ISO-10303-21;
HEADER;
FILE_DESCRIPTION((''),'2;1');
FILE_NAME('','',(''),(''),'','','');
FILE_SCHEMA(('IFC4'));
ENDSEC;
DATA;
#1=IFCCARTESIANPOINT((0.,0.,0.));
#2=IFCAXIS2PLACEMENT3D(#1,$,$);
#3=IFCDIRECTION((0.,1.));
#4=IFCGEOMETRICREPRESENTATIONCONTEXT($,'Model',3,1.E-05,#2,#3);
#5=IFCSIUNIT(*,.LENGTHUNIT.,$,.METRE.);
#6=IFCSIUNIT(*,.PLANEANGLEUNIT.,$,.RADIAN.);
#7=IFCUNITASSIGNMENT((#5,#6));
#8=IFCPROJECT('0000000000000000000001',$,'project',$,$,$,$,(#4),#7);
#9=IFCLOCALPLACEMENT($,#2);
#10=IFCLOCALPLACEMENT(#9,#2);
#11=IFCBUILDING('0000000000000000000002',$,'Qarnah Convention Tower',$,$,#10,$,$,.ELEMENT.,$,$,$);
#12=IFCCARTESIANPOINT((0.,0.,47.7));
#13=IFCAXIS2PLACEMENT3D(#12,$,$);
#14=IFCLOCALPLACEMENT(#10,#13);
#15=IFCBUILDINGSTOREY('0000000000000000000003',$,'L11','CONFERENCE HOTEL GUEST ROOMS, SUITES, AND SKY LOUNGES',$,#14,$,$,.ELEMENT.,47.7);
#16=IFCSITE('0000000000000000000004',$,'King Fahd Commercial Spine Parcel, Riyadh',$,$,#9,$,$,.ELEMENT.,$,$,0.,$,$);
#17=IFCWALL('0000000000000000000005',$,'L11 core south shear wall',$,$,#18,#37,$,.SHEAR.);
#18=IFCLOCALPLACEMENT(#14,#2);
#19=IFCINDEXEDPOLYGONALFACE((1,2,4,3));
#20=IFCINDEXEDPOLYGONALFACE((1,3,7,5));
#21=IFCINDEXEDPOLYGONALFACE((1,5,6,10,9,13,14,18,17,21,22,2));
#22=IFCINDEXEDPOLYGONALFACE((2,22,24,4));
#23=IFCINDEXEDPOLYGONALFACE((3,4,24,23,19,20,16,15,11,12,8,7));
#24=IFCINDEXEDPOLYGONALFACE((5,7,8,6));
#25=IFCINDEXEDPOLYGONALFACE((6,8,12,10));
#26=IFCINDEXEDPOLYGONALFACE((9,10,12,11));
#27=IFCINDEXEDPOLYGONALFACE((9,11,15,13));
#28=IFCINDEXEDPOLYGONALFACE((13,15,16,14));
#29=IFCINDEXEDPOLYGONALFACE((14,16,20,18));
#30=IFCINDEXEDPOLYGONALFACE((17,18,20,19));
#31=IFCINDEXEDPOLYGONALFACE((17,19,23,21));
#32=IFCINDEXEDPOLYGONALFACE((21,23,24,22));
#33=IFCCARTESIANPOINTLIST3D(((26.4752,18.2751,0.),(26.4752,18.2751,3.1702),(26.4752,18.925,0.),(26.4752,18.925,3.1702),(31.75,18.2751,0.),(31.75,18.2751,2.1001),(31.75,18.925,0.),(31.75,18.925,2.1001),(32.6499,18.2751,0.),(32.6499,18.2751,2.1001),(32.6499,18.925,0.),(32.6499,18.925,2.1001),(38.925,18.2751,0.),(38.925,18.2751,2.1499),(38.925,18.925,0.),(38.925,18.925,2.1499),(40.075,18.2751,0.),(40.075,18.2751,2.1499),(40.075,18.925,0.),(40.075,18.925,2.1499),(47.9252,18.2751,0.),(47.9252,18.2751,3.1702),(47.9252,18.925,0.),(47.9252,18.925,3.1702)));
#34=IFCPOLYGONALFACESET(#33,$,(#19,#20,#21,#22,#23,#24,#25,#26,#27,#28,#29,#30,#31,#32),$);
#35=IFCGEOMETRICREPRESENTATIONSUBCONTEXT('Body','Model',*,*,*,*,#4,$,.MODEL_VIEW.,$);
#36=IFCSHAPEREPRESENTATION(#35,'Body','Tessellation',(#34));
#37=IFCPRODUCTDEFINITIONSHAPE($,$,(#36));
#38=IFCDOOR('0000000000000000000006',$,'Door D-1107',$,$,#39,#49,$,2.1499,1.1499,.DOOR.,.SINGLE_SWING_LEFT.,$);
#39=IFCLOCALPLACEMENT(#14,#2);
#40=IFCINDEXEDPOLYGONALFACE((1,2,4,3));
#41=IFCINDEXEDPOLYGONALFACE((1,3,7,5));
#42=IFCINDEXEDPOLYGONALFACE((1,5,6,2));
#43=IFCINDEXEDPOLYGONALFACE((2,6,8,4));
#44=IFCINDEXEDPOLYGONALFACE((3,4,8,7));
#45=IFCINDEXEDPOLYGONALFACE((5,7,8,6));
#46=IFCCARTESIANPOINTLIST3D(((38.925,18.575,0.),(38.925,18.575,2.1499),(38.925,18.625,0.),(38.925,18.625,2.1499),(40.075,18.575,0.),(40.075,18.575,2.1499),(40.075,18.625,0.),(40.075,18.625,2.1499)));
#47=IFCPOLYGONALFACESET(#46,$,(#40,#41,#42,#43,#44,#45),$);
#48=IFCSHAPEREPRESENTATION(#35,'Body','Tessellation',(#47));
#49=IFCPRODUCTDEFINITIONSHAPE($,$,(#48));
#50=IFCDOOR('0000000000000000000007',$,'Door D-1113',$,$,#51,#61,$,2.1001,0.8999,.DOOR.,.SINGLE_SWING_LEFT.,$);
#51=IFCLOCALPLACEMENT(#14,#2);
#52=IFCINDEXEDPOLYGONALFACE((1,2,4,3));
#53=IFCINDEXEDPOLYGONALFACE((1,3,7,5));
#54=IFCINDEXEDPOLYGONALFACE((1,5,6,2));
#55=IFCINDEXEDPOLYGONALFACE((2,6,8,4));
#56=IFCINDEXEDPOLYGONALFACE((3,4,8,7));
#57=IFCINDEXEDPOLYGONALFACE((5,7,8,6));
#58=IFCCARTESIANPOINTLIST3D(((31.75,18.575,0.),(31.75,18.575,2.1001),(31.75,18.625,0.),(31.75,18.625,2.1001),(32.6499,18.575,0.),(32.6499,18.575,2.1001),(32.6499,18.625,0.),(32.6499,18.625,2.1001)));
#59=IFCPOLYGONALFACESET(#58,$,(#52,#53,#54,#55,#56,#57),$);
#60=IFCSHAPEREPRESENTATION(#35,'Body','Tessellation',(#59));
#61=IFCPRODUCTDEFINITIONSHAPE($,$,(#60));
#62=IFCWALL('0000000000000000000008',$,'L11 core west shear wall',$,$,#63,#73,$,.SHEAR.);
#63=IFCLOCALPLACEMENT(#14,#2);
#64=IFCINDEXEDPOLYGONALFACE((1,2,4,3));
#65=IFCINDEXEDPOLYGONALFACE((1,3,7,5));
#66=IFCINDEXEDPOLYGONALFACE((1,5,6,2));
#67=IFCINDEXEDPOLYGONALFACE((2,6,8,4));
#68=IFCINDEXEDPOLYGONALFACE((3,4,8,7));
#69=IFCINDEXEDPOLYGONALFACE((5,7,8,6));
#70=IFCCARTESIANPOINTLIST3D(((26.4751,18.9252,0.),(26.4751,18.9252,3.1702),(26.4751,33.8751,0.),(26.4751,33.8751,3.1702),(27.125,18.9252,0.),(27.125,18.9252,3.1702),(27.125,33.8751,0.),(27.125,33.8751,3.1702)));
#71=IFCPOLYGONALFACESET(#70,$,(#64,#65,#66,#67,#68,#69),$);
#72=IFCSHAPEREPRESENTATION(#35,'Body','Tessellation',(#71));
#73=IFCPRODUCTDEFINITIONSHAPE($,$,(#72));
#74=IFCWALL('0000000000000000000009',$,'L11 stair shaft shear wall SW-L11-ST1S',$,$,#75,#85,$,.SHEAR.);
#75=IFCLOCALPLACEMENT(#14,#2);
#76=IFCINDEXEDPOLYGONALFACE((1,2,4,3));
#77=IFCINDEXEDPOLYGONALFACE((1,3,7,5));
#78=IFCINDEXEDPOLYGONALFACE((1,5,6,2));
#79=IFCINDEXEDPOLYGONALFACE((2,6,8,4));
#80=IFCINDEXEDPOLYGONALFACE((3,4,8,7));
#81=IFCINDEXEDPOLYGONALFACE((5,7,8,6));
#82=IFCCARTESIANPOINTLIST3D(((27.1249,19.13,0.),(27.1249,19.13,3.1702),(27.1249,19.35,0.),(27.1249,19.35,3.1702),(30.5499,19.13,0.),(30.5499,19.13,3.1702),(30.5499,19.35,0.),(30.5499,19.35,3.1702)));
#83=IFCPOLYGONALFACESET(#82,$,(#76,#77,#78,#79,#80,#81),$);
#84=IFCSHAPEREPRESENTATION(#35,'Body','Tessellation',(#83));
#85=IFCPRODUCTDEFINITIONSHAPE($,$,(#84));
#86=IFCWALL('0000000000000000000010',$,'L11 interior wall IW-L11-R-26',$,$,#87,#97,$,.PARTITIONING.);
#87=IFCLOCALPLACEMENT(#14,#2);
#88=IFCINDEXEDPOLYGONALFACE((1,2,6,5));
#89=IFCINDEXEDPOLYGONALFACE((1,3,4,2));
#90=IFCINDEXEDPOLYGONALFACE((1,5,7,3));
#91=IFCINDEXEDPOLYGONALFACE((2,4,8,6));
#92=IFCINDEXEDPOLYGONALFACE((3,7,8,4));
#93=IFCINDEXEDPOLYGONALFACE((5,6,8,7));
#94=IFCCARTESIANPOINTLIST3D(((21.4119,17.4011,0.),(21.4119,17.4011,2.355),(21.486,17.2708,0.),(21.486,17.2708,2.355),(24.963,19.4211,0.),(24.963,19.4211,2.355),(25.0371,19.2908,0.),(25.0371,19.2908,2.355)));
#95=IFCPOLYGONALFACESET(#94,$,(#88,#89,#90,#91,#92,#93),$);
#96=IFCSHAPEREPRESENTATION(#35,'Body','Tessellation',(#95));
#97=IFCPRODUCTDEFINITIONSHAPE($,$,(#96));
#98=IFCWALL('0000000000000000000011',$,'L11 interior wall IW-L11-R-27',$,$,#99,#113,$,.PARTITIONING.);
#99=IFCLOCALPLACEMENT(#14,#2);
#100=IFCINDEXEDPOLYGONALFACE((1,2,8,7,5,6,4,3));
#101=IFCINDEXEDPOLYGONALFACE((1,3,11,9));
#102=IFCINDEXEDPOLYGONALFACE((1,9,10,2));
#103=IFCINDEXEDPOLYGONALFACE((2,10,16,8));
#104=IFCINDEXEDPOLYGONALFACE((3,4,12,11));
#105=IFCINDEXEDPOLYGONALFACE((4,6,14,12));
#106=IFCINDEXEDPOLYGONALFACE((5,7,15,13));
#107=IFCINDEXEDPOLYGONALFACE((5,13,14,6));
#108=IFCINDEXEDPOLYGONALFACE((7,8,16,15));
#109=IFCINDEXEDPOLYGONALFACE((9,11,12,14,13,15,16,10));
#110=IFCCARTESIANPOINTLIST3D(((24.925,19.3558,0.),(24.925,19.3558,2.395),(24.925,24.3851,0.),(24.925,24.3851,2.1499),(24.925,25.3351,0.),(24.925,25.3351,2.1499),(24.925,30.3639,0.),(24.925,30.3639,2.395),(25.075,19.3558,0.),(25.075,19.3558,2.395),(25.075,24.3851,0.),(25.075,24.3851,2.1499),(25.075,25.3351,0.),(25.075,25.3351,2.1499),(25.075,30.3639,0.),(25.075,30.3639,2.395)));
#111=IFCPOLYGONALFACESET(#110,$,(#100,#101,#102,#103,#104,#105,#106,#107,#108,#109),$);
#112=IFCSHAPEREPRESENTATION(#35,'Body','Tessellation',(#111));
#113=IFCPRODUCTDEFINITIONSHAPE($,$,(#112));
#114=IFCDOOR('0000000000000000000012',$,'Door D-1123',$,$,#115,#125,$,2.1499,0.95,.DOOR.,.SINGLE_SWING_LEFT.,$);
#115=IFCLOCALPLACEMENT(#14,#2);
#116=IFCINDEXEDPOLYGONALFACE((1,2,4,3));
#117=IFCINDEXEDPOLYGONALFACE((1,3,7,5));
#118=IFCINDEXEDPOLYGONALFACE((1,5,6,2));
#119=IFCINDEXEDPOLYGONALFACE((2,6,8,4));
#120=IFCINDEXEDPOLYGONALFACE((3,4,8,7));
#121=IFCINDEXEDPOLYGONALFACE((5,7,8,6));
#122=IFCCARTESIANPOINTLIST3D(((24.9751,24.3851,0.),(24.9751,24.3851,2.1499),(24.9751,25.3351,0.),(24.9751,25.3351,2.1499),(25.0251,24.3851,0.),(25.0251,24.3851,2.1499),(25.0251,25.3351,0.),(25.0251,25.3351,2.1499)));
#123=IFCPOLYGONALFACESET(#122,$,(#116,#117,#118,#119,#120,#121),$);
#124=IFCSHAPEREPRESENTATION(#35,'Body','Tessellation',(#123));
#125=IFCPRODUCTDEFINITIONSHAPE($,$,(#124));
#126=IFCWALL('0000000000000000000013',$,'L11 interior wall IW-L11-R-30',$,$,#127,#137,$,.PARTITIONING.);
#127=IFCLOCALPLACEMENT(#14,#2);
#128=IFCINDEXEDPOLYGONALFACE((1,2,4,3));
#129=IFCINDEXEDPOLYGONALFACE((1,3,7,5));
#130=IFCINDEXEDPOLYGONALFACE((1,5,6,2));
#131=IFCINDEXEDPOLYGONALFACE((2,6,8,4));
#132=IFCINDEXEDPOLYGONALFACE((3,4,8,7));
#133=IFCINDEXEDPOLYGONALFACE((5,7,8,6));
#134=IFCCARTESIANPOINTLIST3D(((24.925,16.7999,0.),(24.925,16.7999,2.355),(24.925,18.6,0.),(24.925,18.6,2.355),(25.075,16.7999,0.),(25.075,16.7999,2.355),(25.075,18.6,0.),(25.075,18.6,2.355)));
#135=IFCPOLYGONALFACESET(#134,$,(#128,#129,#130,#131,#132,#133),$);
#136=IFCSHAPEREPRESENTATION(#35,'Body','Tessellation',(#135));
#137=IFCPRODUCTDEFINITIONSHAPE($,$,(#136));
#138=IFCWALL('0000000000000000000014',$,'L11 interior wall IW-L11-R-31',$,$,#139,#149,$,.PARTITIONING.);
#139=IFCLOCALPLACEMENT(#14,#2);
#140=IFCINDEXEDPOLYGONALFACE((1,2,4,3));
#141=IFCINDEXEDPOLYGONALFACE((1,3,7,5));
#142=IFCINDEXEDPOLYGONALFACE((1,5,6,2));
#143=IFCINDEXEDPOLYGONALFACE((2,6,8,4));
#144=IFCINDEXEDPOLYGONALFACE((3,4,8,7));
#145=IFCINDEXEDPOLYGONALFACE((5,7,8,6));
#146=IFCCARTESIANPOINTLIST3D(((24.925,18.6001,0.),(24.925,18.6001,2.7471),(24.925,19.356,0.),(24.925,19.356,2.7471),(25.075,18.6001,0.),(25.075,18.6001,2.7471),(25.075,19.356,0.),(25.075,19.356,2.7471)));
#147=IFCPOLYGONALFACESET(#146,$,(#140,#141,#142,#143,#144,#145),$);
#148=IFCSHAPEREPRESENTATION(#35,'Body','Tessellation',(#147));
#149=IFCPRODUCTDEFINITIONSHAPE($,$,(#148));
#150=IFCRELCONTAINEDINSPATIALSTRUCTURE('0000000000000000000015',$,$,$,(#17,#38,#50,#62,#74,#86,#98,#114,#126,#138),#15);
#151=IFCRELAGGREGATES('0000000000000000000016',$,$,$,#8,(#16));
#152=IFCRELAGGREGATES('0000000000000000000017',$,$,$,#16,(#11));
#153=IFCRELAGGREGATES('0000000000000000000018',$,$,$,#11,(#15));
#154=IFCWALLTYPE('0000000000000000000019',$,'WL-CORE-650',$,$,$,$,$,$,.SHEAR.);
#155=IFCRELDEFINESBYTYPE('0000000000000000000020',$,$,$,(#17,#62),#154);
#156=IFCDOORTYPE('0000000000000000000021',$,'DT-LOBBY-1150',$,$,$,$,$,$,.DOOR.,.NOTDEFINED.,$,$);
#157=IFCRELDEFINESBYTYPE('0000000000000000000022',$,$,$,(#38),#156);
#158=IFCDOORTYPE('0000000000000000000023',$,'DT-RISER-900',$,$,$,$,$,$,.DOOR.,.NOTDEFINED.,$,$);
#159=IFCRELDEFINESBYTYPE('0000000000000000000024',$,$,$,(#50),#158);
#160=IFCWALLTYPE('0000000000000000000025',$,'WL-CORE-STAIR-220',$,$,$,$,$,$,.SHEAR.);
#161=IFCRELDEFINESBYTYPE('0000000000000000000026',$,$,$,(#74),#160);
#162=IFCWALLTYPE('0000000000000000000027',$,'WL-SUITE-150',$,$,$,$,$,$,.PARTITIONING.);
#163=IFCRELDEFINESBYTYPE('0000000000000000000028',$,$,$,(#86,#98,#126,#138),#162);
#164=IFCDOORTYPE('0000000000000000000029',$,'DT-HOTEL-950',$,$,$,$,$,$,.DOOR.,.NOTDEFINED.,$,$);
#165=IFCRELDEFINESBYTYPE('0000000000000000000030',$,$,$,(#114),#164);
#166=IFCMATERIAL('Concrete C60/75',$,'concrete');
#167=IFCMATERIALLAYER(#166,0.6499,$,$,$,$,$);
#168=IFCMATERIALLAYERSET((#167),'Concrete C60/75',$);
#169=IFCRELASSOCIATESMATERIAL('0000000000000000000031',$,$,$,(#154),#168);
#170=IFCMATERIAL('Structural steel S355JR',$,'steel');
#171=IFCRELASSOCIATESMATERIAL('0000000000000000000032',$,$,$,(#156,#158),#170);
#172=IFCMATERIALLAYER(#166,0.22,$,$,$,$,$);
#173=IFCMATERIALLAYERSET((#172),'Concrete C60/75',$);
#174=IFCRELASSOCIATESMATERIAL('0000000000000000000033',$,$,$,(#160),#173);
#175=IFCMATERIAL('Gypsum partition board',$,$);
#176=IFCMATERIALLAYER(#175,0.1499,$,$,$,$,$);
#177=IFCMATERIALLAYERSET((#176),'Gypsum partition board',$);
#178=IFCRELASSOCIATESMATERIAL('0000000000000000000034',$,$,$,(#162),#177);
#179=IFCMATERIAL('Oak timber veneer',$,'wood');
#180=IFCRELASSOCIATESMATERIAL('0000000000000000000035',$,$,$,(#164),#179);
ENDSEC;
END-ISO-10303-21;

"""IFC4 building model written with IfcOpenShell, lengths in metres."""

from ifc_helpers import new_model, si_unit, direction, frame, frame_2d, origin, place, context, subcontext, project, spatial, rectangle, extrude, material, layer, layer_set, type_object, element, fill, save


model = new_model("IFC4")

# Units and contexts
model_context = context("Model", 3, precision=1e-05, world=origin(), true_north=direction((0.0, 1.0)))
body_context = subcontext(model_context, "Body", "Model", "MODEL_VIEW")
ifc_project = project(units=[si_unit("LENGTHUNIT", "METRE"), si_unit("PLANEANGLEUNIT", "RADIAN")], contexts=[model_context])

# Site, building, storey
site_placement = place(None, origin())
site = spatial("IfcSite", under=ifc_project, at=site_placement, Name="King Fahd Commercial Spine Parcel, Riyadh", CompositionType="ELEMENT", RefElevation=0.0)
building_placement = place(site_placement, origin())
building = spatial("IfcBuilding", under=site, at=building_placement, Name="Qarnah Convention Tower", CompositionType="ELEMENT")
storey_placement = place(building_placement, frame((0.0, 0.0, 47.7)))
storey = spatial("IfcBuildingStorey", under=building, at=storey_placement, Name="L11", Description="CONFERENCE HOTEL GUEST ROOMS, SUITES, AND SKY LOUNGES", CompositionType="ELEMENT", Elevation=47.7)

# Shared definitions
ifc_material_1 = material(Name="Concrete C60/75", Category="concrete")
ifc_material_2 = material(Name="Structural steel S355JR", Category="steel")

# Wall, openings, doors
ifc_layer_1 = layer(ifc_material_1, 0.6499)
ifc_layer_set_1 = layer_set([ifc_layer_1], Name="Concrete C60/75")
wall_type_1 = type_object("IfcWallType", Name="WL-CORE-650", PredefinedType="SHEAR", material=ifc_layer_set_1)
wall_1_placement = place(storey_placement, frame((26.4751, 18.6001, 0.0), z_axis=(0.0, 0.0, 1.0), x_axis=(1.0, 0.0, 0.0)))
wall_1 = element("IfcWall", 1, at=wall_1_placement, inside=storey, type_object=wall_type_1, Name="L11 core south shear wall", PredefinedType="SHEAR", context=body_context, shape_type="SweptSolid", body=[
    extrude(rectangle(XDim=21.45, YDim=0.6499, at=frame_2d((10.7251, 0.0))), origin(), (0.0, 0.0, 1.0), 3.1702),
])
opening_1_placement = place(wall_1_placement, frame((12.45, 0.0, 0.0)))
opening_1 = element("IfcOpeningElement", 2, at=opening_1_placement, cuts=wall_1, PredefinedType="OPENING", context=body_context, shape_type="SweptSolid", body=[
    extrude(rectangle(XDim=1.1499, YDim=2.1499, at=frame_2d((0.575, 1.075))), frame((0.0, 0.335, 0.0), z_axis=(0.0, -1.0, 0.0), x_axis=(1.0, 0.0, 0.0)), (0.0, 0.0, 1.0), 0.6699),
])
opening_2_placement = place(wall_1_placement, frame((5.2749, 0.0, 0.0)))
opening_2 = element("IfcOpeningElement", 3, at=opening_2_placement, cuts=wall_1, PredefinedType="OPENING", context=body_context, shape_type="SweptSolid", body=[
    extrude(rectangle(XDim=0.8999, YDim=2.1001, at=frame_2d((0.45, 1.05))), frame((0.0, 0.335, 0.0), z_axis=(0.0, -1.0, 0.0), x_axis=(1.0, 0.0, 0.0)), (0.0, 0.0, 1.0), 0.6699),
])
door_type_1 = type_object("IfcDoorType", Name="DT-LOBBY-1150", OperationType="NOTDEFINED", PredefinedType="DOOR", material=ifc_material_2)
door_1_placement = place(opening_1_placement, origin())
door_1 = element("IfcDoor", 4, at=door_1_placement, inside=storey, type_object=door_type_1, Name="Door D-1107", OperationType="SINGLE_SWING_LEFT", OverallHeight=2.1499, OverallWidth=1.1499, PredefinedType="DOOR", context=body_context, shape_type="SweptSolid", body=[
    extrude(rectangle(XDim=1.1499, YDim=2.1499, at=frame_2d((0.575, 1.075))), frame((0.0, 0.0249, 0.0), z_axis=(0.0, -1.0, 0.0), x_axis=(1.0, 0.0, 0.0)), (0.0, 0.0, 1.0), 0.05),
])
fill(opening_1, door_1)
door_type_2 = type_object("IfcDoorType", Name="DT-RISER-900", OperationType="NOTDEFINED", PredefinedType="DOOR", material=ifc_material_2)
door_2_placement = place(opening_2_placement, origin())
door_2 = element("IfcDoor", 5, at=door_2_placement, inside=storey, type_object=door_type_2, Name="Door D-1113", OperationType="SINGLE_SWING_LEFT", OverallHeight=2.1001, OverallWidth=0.8999, PredefinedType="DOOR", context=body_context, shape_type="SweptSolid", body=[
    extrude(rectangle(XDim=0.8999, YDim=2.1001, at=frame_2d((0.45, 1.05))), frame((0.0, 0.0249, 0.0), z_axis=(0.0, -1.0, 0.0), x_axis=(1.0, 0.0, 0.0)), (0.0, 0.0, 1.0), 0.05),
])
fill(opening_2, door_2)

# Walls
wall_2_placement = place(storey_placement, frame((26.8, 18.925, 0.0), z_axis=(0.0, 0.0, 1.0), x_axis=(0.0, 1.0, 0.0)))
element("IfcWall", 6, at=wall_2_placement, inside=storey, type_object=wall_type_1, Name="L11 core west shear wall", PredefinedType="SHEAR", context=body_context, shape_type="SweptSolid", body=[
    extrude(rectangle(XDim=14.95, YDim=0.6499, at=frame_2d((7.4751, 0.0))), origin(), (0.0, 0.0, 1.0), 3.1702),
])
ifc_layer_2 = layer(ifc_material_1, 0.22)
ifc_layer_set_2 = layer_set([ifc_layer_2], Name="Concrete C60/75")
wall_type_2 = type_object("IfcWallType", Name="WL-CORE-STAIR-220", PredefinedType="SHEAR", material=ifc_layer_set_2)
wall_3_placement = place(storey_placement, frame((27.125, 19.24, 0.0), z_axis=(0.0, 0.0, 1.0), x_axis=(1.0, 0.0, 0.0)))
element("IfcWall", 7, at=wall_3_placement, inside=storey, type_object=wall_type_2, Name="L11 stair shaft shear wall SW-L11-ST1S", PredefinedType="SHEAR", context=body_context, shape_type="SweptSolid", body=[
    extrude(rectangle(XDim=3.425, YDim=0.22, at=frame_2d((1.7124, 0.0))), origin(), (0.0, 0.0, 1.0), 3.1702),
])
ifc_material_3 = material(Name="Gypsum partition board")
ifc_layer_3 = layer(ifc_material_3, 0.1499)
ifc_layer_set_3 = layer_set([ifc_layer_3], Name="Gypsum partition board")
wall_type_3 = type_object("IfcWallType", Name="WL-SUITE-150", PredefinedType="PARTITIONING", material=ifc_layer_set_3)
wall_4_placement = place(storey_placement, frame((21.449, 17.3359, 0.0), z_axis=(0.0, 0.0, 1.0), x_axis=(0.869205, 0.494452, 0.0)))
element("IfcWall", 8, at=wall_4_placement, inside=storey, type_object=wall_type_3, Name="L11 interior wall IW-L11-R-26", PredefinedType="PARTITIONING", context=body_context, shape_type="SweptSolid", body=[
    extrude(rectangle(XDim=4.0854, YDim=0.1499, at=frame_2d((2.0427, 0.0))), origin(), (0.0, 0.0, 1.0), 2.355),
])

# Wall, opening, door
wall_5_placement = place(storey_placement, frame((25.0, 19.356, 0.0), z_axis=(0.0, 0.0, 1.0), x_axis=(0.0, 1.0, 0.0)))
wall_5 = element("IfcWall", 9, at=wall_5_placement, inside=storey, type_object=wall_type_3, Name="L11 interior wall IW-L11-R-27", PredefinedType="PARTITIONING", context=body_context, shape_type="SweptSolid", body=[
    extrude(rectangle(XDim=11.0081, YDim=0.1499, at=frame_2d((5.5039, 0.0))), origin(), (0.0, 0.0, 1.0), 2.395),
])
opening_3_placement = place(wall_5_placement, frame((5.0291, 0.0, 0.0)))
opening_3 = element("IfcOpeningElement", 10, at=opening_3_placement, cuts=wall_5, PredefinedType="OPENING", context=body_context, shape_type="SweptSolid", body=[
    extrude(rectangle(XDim=0.95, YDim=2.1499, at=frame_2d((0.4751, 1.075))), frame((0.0, 0.085, 0.0), z_axis=(0.0, -1.0, 0.0), x_axis=(1.0, 0.0, 0.0)), (0.0, 0.0, 1.0), 0.1699),
])
ifc_material_4 = material(Name="Oak timber veneer", Category="wood")
door_type_3 = type_object("IfcDoorType", Name="DT-HOTEL-950", OperationType="NOTDEFINED", PredefinedType="DOOR", material=ifc_material_4)
door_3_placement = place(opening_3_placement, origin())
door_3 = element("IfcDoor", 11, at=door_3_placement, inside=storey, type_object=door_type_3, Name="Door D-1123", OperationType="SINGLE_SWING_LEFT", OverallHeight=2.1499, OverallWidth=0.95, PredefinedType="DOOR", context=body_context, shape_type="SweptSolid", body=[
    extrude(rectangle(XDim=0.95, YDim=2.1499, at=frame_2d((0.4751, 1.075))), frame((0.0, 0.0249, 0.0), z_axis=(0.0, -1.0, 0.0), x_axis=(1.0, 0.0, 0.0)), (0.0, 0.0, 1.0), 0.05),
])
fill(opening_3, door_3)

# Walls
wall_6_placement = place(storey_placement, frame((25.0, 16.8, 0.0), z_axis=(0.0, 0.0, 1.0), x_axis=(0.0, 1.0, 0.0)))
element("IfcWall", 12, at=wall_6_placement, inside=storey, type_object=wall_type_3, Name="L11 interior wall IW-L11-R-30", PredefinedType="PARTITIONING", context=body_context, shape_type="SweptSolid", body=[
    extrude(rectangle(XDim=1.8, YDim=0.1499, at=frame_2d((0.8999, 0.0))), origin(), (0.0, 0.0, 1.0), 2.355),
])
wall_7_placement = place(storey_placement, frame((25.0, 18.6001, 0.0), z_axis=(0.0, 0.0, 1.0), x_axis=(0.0, 1.0, 0.0)))
element("IfcWall", 13, at=wall_7_placement, inside=storey, type_object=wall_type_3, Name="L11 interior wall IW-L11-R-31", PredefinedType="PARTITIONING", context=body_context, shape_type="SweptSolid", body=[
    extrude(rectangle(XDim=0.7559, YDim=0.1499, at=frame_2d((0.3779, 0.0))), origin(), (0.0, 0.0, 1.0), 2.7471),
])

save(model, "model.ifc")
